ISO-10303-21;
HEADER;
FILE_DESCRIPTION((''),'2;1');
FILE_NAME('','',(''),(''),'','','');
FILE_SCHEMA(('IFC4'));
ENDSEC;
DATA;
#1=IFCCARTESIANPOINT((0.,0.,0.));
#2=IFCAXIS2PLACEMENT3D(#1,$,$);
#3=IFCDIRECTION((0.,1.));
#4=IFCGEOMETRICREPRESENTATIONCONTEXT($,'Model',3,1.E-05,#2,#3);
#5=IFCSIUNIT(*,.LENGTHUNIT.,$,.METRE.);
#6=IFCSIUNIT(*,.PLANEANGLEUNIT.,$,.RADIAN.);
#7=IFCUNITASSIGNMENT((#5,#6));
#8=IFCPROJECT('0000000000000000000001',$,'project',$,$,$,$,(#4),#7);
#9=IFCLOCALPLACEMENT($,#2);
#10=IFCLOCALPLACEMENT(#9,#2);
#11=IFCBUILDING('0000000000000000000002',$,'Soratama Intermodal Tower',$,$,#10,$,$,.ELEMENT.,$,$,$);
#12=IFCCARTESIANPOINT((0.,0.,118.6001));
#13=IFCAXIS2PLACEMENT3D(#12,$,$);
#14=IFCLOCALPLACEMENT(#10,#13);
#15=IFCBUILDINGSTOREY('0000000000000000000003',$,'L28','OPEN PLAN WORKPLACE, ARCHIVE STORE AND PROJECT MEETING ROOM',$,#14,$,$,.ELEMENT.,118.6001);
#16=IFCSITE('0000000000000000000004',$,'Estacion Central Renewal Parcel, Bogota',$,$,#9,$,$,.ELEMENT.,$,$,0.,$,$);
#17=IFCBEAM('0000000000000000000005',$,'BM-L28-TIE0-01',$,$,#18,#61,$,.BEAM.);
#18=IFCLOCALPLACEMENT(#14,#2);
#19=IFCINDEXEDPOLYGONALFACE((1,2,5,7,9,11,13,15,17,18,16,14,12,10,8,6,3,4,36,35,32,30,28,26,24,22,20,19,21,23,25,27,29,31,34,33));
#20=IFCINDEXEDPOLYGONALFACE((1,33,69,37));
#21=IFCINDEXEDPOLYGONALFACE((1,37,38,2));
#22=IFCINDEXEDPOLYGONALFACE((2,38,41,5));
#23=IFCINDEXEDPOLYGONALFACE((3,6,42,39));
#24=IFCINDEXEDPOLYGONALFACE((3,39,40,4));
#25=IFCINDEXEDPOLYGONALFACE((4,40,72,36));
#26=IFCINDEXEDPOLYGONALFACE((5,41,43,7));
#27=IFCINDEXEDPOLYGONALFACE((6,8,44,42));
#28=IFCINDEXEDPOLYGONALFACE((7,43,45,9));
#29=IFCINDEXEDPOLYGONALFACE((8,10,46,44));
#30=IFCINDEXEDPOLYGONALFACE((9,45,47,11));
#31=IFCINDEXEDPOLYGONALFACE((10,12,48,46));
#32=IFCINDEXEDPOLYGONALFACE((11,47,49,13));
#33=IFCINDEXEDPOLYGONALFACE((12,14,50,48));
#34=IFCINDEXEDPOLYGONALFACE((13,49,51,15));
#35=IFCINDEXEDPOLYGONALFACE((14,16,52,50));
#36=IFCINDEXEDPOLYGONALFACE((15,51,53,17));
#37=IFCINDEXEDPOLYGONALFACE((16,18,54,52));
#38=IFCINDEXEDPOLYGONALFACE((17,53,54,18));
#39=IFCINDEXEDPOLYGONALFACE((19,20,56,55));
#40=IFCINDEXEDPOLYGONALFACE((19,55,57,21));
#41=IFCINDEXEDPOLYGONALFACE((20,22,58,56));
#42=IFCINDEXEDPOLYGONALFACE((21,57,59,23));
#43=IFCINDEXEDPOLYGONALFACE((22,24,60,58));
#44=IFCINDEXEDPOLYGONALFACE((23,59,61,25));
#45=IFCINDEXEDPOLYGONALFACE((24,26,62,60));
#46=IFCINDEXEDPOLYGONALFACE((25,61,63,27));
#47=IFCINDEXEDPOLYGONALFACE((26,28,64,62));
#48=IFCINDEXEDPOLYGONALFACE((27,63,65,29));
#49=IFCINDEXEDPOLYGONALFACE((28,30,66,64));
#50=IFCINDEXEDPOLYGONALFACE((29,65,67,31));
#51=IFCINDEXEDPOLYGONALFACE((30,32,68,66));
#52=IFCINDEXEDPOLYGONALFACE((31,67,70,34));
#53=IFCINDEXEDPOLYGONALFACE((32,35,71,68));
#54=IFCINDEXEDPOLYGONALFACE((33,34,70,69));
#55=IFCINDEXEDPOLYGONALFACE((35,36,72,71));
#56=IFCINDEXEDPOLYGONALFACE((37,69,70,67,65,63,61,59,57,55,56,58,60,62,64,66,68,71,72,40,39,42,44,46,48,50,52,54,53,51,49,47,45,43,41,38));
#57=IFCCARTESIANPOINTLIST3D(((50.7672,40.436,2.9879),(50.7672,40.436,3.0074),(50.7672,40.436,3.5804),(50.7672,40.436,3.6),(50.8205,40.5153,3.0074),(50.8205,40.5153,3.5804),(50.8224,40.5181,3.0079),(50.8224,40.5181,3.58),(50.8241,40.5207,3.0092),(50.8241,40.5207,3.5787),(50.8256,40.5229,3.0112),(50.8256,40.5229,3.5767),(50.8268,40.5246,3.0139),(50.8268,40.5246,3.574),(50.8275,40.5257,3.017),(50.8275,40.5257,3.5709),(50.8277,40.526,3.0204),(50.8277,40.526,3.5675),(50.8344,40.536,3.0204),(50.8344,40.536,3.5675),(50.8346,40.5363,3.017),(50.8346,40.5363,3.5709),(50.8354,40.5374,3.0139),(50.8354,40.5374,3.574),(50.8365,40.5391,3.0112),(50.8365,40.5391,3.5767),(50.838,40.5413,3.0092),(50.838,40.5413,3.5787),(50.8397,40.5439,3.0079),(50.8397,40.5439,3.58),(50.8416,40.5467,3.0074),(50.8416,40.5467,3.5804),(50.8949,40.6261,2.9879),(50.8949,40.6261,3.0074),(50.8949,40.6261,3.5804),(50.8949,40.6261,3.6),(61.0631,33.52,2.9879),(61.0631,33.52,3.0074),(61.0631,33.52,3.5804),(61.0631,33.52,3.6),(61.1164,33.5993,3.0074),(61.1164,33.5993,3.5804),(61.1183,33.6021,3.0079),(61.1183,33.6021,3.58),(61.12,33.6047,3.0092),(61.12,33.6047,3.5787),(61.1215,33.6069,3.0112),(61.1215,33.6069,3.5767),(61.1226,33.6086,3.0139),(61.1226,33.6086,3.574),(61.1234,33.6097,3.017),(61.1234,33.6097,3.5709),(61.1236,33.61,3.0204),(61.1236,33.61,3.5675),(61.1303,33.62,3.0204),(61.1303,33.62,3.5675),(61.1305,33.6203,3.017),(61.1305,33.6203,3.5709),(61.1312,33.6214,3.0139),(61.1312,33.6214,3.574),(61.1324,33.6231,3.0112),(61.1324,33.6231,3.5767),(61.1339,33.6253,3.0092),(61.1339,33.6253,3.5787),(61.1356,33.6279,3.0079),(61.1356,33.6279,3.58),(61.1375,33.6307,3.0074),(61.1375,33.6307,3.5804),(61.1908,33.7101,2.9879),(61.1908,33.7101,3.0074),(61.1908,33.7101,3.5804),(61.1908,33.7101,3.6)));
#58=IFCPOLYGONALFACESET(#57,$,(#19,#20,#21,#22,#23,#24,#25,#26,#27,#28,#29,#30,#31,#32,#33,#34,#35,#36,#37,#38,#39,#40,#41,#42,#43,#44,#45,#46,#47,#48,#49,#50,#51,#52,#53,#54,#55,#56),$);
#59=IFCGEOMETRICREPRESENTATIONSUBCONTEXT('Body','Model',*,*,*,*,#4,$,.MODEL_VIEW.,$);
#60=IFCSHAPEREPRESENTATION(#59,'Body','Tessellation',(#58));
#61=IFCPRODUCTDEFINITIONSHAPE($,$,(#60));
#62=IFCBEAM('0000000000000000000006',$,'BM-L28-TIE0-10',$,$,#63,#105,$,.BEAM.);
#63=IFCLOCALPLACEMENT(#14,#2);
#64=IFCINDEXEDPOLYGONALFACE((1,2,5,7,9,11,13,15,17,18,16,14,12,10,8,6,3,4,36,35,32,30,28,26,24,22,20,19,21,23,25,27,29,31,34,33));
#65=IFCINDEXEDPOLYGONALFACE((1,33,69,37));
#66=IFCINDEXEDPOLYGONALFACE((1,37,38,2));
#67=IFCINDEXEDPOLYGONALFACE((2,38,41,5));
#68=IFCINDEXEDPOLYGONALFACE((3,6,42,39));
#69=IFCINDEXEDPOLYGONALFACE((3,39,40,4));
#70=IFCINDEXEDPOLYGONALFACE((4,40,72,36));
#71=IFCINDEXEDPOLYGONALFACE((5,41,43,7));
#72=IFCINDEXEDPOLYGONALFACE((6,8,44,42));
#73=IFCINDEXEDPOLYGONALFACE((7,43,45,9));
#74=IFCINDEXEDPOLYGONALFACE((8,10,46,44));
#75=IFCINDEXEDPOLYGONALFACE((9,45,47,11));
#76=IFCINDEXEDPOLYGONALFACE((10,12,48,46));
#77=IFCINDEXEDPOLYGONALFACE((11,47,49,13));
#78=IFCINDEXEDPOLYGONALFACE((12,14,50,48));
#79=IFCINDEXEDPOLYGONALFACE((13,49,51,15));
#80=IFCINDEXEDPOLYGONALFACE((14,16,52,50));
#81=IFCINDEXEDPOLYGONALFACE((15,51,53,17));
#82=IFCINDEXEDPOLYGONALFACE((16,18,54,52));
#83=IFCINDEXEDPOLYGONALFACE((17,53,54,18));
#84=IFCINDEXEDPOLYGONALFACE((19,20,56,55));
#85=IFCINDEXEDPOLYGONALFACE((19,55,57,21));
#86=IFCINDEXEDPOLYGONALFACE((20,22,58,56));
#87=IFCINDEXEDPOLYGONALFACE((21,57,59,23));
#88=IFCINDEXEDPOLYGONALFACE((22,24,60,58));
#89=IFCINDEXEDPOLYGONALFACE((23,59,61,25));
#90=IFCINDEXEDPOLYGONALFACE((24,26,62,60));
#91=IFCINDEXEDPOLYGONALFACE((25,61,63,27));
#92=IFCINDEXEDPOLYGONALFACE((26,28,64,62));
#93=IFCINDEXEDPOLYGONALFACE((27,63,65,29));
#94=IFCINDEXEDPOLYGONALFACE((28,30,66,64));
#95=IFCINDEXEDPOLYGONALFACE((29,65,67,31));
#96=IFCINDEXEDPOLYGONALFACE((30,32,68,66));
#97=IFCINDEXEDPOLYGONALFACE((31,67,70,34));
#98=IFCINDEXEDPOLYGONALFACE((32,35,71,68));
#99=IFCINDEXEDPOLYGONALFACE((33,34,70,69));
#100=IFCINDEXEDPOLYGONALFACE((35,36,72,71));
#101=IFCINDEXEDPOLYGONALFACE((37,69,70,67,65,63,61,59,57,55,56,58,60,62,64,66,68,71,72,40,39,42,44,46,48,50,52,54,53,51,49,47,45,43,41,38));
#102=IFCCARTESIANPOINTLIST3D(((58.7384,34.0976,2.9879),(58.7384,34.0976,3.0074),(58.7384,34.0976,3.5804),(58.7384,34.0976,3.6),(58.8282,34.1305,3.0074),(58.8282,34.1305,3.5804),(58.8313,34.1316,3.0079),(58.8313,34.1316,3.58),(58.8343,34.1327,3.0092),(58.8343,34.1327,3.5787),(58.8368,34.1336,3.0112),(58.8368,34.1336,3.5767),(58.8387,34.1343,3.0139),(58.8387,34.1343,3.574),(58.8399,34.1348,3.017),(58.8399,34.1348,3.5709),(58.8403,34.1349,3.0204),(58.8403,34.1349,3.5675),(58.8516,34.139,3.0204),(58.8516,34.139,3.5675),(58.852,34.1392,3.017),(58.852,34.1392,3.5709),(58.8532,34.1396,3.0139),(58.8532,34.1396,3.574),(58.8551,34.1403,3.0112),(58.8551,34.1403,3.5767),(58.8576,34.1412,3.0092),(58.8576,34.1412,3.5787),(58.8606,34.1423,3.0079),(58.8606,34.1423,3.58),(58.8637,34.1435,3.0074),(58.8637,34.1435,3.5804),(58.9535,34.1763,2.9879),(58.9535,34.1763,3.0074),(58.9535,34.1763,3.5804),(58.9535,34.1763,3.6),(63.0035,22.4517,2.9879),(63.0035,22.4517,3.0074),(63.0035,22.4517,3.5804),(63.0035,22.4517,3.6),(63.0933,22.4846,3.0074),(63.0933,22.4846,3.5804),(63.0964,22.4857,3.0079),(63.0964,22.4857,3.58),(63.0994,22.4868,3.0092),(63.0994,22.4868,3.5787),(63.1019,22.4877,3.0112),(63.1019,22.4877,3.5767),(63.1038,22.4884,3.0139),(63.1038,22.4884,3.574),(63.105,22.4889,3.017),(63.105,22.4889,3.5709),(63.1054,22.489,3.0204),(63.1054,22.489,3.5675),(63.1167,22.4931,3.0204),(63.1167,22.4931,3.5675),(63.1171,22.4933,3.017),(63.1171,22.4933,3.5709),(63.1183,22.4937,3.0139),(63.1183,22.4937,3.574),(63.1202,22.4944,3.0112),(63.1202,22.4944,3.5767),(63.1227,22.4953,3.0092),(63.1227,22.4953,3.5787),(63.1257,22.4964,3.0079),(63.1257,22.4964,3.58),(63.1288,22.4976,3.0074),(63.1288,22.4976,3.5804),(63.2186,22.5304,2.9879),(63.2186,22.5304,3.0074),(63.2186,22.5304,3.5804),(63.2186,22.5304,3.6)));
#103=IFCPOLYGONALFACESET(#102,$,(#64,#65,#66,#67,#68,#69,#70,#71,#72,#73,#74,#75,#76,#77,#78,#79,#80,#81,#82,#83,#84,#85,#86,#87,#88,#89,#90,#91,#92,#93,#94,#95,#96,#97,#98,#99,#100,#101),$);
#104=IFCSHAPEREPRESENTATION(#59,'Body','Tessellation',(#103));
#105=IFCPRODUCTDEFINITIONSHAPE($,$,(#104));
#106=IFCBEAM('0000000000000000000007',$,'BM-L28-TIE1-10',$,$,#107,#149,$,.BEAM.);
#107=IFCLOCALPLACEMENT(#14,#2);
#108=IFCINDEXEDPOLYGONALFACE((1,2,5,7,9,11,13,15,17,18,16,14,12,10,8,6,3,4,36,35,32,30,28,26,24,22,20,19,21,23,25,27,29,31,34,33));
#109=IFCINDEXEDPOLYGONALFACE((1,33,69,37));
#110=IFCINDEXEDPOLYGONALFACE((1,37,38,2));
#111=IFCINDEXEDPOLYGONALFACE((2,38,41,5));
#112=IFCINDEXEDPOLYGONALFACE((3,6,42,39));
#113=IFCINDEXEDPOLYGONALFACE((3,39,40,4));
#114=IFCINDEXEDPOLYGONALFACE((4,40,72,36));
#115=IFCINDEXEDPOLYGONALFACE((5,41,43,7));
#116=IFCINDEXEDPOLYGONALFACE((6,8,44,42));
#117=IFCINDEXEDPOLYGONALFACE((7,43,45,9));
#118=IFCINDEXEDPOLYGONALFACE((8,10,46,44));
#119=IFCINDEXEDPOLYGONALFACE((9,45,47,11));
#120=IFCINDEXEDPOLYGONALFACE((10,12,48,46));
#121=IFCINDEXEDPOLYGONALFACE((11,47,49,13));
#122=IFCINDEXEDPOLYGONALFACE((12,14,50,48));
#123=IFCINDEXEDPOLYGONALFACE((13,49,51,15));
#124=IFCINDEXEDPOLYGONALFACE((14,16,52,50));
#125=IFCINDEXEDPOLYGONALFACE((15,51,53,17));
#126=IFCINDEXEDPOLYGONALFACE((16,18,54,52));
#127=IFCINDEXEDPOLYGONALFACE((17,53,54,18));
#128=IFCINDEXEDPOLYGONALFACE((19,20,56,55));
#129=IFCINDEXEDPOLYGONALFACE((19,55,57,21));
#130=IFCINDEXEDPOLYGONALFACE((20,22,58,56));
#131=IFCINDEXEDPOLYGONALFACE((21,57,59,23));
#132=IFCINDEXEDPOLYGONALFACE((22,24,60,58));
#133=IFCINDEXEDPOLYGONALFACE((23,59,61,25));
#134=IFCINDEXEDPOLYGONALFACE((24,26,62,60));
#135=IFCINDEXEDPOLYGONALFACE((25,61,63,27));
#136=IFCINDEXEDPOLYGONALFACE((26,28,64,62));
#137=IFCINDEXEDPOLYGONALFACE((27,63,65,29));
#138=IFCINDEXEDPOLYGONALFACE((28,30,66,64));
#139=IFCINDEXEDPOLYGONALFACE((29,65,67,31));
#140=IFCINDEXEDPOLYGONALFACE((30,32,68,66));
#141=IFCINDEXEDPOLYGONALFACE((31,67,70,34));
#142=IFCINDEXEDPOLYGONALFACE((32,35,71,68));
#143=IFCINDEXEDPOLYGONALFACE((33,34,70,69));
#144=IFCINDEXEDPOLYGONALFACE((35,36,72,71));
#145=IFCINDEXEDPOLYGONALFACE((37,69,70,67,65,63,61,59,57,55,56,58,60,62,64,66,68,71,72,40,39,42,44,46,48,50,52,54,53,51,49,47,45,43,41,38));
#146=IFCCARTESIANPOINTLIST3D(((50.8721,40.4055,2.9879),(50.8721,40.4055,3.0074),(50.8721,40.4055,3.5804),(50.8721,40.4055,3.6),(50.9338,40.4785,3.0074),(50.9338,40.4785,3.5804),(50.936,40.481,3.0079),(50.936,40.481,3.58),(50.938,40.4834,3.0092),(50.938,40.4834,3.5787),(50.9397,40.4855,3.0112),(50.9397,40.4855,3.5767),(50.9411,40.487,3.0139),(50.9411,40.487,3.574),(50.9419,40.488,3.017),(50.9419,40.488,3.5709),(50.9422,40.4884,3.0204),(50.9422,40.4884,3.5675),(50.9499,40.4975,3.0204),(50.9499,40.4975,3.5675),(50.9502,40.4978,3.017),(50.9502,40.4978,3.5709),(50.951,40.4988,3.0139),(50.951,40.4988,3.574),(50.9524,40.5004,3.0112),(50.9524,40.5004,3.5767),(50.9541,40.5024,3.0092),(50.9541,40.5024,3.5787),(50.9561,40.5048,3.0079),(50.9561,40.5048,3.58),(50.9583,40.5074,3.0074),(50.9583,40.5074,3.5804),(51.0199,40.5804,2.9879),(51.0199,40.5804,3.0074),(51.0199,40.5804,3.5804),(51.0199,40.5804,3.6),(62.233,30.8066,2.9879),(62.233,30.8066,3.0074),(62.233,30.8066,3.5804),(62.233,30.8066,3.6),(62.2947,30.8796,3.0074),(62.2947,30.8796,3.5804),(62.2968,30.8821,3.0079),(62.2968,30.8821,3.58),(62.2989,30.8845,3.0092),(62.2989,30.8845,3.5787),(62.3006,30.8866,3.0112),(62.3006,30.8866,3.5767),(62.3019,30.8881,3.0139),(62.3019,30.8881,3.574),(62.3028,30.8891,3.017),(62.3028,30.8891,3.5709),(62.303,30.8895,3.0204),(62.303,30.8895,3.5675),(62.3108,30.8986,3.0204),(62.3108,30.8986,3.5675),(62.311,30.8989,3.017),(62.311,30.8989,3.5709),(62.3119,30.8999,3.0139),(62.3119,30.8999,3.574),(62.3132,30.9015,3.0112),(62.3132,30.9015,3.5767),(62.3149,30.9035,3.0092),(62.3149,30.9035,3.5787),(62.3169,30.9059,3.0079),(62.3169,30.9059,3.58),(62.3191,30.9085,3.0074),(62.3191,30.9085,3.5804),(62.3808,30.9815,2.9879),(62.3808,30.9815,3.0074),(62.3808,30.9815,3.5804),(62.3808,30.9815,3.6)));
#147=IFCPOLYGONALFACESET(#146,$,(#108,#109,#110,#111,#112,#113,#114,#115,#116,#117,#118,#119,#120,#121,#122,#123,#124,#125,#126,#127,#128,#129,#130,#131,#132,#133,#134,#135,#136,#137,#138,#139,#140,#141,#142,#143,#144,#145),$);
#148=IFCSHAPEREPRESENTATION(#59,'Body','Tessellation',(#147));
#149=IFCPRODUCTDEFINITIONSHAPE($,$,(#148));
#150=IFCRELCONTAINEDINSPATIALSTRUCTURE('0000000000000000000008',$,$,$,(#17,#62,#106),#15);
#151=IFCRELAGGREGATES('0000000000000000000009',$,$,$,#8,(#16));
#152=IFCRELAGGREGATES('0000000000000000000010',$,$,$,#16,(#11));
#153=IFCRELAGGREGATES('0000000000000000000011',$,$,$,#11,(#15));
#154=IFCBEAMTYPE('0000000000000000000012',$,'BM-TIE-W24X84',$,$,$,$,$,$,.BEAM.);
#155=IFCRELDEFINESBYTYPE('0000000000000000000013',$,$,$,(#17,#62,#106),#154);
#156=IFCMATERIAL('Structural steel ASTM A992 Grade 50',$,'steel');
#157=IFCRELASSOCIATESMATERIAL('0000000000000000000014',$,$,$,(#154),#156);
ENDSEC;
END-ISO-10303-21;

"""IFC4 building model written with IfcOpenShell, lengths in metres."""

from ifc_helpers import new_model, si_unit, direction, frame, origin, origin_2d, place, context, subcontext, project, spatial, i_section, extrude, material, material_profile, profile_set, type_object, element, save


model = new_model("IFC4")

# Units and contexts
model_context = context("Model", 3, precision=1e-05, world=origin(), true_north=direction((0.0, 1.0)))
body_context = subcontext(model_context, "Body", "Model", "MODEL_VIEW")
ifc_project = project(units=[si_unit("LENGTHUNIT", "METRE"), si_unit("PLANEANGLEUNIT", "RADIAN")], contexts=[model_context])

# Site, building, storey
site_placement = place(None, origin())
site = spatial("IfcSite", under=ifc_project, at=site_placement, Name="Estacion Central Renewal Parcel, Bogota", CompositionType="ELEMENT", RefElevation=0.0)
building_placement = place(site_placement, origin())
building = spatial("IfcBuilding", under=site, at=building_placement, Name="Soratama Intermodal Tower", CompositionType="ELEMENT")
storey_placement = place(building_placement, frame((0.0, 0.0, 118.6001)))
storey = spatial("IfcBuildingStorey", under=building, at=storey_placement, Name="L28", Description="OPEN PLAN WORKPLACE, ARCHIVE STORE AND PROJECT MEETING ROOM", CompositionType="ELEMENT", Elevation=118.6001)

# Beams
ifc_material_1 = material(Name="Structural steel ASTM A992 Grade 50", Category="steel")
ifc_material_profile_1 = material_profile(ifc_material_1, i_section(OverallWidth=0.229, OverallDepth=0.6121, WebThickness=0.012, FlangeThickness=0.0195, FilletRadius=0.0129, at=origin_2d()), Name="W24X84")
ifc_profile_set_1 = profile_set([ifc_material_profile_1], Name="Structural steel ASTM A992 Grade 50")
beam_type_1 = type_object("IfcBeamType", Name="BM-TIE-W24X84", PredefinedType="BEAM", material=ifc_profile_set_1)
beam_1_placement = place(storey_placement, frame((50.8311, 40.531, 3.2939), z_axis=(0.830107, -0.557604, 0.0), x_axis=(0.557604, 0.830107, 0.0)))
element("IfcBeam", 1, at=beam_1_placement, inside=storey, type_object=beam_type_1, Name="BM-L28-TIE0-01", PredefinedType="BEAM", context=body_context, shape_type="SweptSolid", body=[
    extrude(i_section(OverallWidth=0.229, OverallDepth=0.6121, WebThickness=0.012, FlangeThickness=0.0195, FilletRadius=0.0129, at=origin_2d()), origin(), (0.0, 0.0, 1.0), 12.4031),
])
beam_2_placement = place(storey_placement, frame((58.8459, 34.137, 3.2939), z_axis=(0.343895, -0.939008, 0.0), x_axis=(0.939008, 0.343895, 0.0)))
element("IfcBeam", 2, at=beam_2_placement, inside=storey, type_object=beam_type_1, Name="BM-L28-TIE0-10", PredefinedType="BEAM", context=body_context, shape_type="SweptSolid", body=[
    extrude(i_section(OverallWidth=0.229, OverallDepth=0.6121, WebThickness=0.012, FlangeThickness=0.0195, FilletRadius=0.0129, at=origin_2d()), origin(), (0.0, 0.0, 1.0), 12.4023),
])
beam_3_placement = place(storey_placement, frame((50.946, 40.4929, 3.2939), z_axis=(0.763855, -0.645388, 0.0), x_axis=(0.645388, 0.763855, 0.0)))
element("IfcBeam", 3, at=beam_3_placement, inside=storey, type_object=beam_type_1, Name="BM-L28-TIE1-10", PredefinedType="BEAM", context=body_context, shape_type="SweptSolid", body=[
    extrude(i_section(OverallWidth=0.229, OverallDepth=0.6121, WebThickness=0.012, FlangeThickness=0.0195, FilletRadius=0.0129, at=origin_2d()), origin(), (0.0, 0.0, 1.0), 14.873),
])

save(model, "model.ifc")
